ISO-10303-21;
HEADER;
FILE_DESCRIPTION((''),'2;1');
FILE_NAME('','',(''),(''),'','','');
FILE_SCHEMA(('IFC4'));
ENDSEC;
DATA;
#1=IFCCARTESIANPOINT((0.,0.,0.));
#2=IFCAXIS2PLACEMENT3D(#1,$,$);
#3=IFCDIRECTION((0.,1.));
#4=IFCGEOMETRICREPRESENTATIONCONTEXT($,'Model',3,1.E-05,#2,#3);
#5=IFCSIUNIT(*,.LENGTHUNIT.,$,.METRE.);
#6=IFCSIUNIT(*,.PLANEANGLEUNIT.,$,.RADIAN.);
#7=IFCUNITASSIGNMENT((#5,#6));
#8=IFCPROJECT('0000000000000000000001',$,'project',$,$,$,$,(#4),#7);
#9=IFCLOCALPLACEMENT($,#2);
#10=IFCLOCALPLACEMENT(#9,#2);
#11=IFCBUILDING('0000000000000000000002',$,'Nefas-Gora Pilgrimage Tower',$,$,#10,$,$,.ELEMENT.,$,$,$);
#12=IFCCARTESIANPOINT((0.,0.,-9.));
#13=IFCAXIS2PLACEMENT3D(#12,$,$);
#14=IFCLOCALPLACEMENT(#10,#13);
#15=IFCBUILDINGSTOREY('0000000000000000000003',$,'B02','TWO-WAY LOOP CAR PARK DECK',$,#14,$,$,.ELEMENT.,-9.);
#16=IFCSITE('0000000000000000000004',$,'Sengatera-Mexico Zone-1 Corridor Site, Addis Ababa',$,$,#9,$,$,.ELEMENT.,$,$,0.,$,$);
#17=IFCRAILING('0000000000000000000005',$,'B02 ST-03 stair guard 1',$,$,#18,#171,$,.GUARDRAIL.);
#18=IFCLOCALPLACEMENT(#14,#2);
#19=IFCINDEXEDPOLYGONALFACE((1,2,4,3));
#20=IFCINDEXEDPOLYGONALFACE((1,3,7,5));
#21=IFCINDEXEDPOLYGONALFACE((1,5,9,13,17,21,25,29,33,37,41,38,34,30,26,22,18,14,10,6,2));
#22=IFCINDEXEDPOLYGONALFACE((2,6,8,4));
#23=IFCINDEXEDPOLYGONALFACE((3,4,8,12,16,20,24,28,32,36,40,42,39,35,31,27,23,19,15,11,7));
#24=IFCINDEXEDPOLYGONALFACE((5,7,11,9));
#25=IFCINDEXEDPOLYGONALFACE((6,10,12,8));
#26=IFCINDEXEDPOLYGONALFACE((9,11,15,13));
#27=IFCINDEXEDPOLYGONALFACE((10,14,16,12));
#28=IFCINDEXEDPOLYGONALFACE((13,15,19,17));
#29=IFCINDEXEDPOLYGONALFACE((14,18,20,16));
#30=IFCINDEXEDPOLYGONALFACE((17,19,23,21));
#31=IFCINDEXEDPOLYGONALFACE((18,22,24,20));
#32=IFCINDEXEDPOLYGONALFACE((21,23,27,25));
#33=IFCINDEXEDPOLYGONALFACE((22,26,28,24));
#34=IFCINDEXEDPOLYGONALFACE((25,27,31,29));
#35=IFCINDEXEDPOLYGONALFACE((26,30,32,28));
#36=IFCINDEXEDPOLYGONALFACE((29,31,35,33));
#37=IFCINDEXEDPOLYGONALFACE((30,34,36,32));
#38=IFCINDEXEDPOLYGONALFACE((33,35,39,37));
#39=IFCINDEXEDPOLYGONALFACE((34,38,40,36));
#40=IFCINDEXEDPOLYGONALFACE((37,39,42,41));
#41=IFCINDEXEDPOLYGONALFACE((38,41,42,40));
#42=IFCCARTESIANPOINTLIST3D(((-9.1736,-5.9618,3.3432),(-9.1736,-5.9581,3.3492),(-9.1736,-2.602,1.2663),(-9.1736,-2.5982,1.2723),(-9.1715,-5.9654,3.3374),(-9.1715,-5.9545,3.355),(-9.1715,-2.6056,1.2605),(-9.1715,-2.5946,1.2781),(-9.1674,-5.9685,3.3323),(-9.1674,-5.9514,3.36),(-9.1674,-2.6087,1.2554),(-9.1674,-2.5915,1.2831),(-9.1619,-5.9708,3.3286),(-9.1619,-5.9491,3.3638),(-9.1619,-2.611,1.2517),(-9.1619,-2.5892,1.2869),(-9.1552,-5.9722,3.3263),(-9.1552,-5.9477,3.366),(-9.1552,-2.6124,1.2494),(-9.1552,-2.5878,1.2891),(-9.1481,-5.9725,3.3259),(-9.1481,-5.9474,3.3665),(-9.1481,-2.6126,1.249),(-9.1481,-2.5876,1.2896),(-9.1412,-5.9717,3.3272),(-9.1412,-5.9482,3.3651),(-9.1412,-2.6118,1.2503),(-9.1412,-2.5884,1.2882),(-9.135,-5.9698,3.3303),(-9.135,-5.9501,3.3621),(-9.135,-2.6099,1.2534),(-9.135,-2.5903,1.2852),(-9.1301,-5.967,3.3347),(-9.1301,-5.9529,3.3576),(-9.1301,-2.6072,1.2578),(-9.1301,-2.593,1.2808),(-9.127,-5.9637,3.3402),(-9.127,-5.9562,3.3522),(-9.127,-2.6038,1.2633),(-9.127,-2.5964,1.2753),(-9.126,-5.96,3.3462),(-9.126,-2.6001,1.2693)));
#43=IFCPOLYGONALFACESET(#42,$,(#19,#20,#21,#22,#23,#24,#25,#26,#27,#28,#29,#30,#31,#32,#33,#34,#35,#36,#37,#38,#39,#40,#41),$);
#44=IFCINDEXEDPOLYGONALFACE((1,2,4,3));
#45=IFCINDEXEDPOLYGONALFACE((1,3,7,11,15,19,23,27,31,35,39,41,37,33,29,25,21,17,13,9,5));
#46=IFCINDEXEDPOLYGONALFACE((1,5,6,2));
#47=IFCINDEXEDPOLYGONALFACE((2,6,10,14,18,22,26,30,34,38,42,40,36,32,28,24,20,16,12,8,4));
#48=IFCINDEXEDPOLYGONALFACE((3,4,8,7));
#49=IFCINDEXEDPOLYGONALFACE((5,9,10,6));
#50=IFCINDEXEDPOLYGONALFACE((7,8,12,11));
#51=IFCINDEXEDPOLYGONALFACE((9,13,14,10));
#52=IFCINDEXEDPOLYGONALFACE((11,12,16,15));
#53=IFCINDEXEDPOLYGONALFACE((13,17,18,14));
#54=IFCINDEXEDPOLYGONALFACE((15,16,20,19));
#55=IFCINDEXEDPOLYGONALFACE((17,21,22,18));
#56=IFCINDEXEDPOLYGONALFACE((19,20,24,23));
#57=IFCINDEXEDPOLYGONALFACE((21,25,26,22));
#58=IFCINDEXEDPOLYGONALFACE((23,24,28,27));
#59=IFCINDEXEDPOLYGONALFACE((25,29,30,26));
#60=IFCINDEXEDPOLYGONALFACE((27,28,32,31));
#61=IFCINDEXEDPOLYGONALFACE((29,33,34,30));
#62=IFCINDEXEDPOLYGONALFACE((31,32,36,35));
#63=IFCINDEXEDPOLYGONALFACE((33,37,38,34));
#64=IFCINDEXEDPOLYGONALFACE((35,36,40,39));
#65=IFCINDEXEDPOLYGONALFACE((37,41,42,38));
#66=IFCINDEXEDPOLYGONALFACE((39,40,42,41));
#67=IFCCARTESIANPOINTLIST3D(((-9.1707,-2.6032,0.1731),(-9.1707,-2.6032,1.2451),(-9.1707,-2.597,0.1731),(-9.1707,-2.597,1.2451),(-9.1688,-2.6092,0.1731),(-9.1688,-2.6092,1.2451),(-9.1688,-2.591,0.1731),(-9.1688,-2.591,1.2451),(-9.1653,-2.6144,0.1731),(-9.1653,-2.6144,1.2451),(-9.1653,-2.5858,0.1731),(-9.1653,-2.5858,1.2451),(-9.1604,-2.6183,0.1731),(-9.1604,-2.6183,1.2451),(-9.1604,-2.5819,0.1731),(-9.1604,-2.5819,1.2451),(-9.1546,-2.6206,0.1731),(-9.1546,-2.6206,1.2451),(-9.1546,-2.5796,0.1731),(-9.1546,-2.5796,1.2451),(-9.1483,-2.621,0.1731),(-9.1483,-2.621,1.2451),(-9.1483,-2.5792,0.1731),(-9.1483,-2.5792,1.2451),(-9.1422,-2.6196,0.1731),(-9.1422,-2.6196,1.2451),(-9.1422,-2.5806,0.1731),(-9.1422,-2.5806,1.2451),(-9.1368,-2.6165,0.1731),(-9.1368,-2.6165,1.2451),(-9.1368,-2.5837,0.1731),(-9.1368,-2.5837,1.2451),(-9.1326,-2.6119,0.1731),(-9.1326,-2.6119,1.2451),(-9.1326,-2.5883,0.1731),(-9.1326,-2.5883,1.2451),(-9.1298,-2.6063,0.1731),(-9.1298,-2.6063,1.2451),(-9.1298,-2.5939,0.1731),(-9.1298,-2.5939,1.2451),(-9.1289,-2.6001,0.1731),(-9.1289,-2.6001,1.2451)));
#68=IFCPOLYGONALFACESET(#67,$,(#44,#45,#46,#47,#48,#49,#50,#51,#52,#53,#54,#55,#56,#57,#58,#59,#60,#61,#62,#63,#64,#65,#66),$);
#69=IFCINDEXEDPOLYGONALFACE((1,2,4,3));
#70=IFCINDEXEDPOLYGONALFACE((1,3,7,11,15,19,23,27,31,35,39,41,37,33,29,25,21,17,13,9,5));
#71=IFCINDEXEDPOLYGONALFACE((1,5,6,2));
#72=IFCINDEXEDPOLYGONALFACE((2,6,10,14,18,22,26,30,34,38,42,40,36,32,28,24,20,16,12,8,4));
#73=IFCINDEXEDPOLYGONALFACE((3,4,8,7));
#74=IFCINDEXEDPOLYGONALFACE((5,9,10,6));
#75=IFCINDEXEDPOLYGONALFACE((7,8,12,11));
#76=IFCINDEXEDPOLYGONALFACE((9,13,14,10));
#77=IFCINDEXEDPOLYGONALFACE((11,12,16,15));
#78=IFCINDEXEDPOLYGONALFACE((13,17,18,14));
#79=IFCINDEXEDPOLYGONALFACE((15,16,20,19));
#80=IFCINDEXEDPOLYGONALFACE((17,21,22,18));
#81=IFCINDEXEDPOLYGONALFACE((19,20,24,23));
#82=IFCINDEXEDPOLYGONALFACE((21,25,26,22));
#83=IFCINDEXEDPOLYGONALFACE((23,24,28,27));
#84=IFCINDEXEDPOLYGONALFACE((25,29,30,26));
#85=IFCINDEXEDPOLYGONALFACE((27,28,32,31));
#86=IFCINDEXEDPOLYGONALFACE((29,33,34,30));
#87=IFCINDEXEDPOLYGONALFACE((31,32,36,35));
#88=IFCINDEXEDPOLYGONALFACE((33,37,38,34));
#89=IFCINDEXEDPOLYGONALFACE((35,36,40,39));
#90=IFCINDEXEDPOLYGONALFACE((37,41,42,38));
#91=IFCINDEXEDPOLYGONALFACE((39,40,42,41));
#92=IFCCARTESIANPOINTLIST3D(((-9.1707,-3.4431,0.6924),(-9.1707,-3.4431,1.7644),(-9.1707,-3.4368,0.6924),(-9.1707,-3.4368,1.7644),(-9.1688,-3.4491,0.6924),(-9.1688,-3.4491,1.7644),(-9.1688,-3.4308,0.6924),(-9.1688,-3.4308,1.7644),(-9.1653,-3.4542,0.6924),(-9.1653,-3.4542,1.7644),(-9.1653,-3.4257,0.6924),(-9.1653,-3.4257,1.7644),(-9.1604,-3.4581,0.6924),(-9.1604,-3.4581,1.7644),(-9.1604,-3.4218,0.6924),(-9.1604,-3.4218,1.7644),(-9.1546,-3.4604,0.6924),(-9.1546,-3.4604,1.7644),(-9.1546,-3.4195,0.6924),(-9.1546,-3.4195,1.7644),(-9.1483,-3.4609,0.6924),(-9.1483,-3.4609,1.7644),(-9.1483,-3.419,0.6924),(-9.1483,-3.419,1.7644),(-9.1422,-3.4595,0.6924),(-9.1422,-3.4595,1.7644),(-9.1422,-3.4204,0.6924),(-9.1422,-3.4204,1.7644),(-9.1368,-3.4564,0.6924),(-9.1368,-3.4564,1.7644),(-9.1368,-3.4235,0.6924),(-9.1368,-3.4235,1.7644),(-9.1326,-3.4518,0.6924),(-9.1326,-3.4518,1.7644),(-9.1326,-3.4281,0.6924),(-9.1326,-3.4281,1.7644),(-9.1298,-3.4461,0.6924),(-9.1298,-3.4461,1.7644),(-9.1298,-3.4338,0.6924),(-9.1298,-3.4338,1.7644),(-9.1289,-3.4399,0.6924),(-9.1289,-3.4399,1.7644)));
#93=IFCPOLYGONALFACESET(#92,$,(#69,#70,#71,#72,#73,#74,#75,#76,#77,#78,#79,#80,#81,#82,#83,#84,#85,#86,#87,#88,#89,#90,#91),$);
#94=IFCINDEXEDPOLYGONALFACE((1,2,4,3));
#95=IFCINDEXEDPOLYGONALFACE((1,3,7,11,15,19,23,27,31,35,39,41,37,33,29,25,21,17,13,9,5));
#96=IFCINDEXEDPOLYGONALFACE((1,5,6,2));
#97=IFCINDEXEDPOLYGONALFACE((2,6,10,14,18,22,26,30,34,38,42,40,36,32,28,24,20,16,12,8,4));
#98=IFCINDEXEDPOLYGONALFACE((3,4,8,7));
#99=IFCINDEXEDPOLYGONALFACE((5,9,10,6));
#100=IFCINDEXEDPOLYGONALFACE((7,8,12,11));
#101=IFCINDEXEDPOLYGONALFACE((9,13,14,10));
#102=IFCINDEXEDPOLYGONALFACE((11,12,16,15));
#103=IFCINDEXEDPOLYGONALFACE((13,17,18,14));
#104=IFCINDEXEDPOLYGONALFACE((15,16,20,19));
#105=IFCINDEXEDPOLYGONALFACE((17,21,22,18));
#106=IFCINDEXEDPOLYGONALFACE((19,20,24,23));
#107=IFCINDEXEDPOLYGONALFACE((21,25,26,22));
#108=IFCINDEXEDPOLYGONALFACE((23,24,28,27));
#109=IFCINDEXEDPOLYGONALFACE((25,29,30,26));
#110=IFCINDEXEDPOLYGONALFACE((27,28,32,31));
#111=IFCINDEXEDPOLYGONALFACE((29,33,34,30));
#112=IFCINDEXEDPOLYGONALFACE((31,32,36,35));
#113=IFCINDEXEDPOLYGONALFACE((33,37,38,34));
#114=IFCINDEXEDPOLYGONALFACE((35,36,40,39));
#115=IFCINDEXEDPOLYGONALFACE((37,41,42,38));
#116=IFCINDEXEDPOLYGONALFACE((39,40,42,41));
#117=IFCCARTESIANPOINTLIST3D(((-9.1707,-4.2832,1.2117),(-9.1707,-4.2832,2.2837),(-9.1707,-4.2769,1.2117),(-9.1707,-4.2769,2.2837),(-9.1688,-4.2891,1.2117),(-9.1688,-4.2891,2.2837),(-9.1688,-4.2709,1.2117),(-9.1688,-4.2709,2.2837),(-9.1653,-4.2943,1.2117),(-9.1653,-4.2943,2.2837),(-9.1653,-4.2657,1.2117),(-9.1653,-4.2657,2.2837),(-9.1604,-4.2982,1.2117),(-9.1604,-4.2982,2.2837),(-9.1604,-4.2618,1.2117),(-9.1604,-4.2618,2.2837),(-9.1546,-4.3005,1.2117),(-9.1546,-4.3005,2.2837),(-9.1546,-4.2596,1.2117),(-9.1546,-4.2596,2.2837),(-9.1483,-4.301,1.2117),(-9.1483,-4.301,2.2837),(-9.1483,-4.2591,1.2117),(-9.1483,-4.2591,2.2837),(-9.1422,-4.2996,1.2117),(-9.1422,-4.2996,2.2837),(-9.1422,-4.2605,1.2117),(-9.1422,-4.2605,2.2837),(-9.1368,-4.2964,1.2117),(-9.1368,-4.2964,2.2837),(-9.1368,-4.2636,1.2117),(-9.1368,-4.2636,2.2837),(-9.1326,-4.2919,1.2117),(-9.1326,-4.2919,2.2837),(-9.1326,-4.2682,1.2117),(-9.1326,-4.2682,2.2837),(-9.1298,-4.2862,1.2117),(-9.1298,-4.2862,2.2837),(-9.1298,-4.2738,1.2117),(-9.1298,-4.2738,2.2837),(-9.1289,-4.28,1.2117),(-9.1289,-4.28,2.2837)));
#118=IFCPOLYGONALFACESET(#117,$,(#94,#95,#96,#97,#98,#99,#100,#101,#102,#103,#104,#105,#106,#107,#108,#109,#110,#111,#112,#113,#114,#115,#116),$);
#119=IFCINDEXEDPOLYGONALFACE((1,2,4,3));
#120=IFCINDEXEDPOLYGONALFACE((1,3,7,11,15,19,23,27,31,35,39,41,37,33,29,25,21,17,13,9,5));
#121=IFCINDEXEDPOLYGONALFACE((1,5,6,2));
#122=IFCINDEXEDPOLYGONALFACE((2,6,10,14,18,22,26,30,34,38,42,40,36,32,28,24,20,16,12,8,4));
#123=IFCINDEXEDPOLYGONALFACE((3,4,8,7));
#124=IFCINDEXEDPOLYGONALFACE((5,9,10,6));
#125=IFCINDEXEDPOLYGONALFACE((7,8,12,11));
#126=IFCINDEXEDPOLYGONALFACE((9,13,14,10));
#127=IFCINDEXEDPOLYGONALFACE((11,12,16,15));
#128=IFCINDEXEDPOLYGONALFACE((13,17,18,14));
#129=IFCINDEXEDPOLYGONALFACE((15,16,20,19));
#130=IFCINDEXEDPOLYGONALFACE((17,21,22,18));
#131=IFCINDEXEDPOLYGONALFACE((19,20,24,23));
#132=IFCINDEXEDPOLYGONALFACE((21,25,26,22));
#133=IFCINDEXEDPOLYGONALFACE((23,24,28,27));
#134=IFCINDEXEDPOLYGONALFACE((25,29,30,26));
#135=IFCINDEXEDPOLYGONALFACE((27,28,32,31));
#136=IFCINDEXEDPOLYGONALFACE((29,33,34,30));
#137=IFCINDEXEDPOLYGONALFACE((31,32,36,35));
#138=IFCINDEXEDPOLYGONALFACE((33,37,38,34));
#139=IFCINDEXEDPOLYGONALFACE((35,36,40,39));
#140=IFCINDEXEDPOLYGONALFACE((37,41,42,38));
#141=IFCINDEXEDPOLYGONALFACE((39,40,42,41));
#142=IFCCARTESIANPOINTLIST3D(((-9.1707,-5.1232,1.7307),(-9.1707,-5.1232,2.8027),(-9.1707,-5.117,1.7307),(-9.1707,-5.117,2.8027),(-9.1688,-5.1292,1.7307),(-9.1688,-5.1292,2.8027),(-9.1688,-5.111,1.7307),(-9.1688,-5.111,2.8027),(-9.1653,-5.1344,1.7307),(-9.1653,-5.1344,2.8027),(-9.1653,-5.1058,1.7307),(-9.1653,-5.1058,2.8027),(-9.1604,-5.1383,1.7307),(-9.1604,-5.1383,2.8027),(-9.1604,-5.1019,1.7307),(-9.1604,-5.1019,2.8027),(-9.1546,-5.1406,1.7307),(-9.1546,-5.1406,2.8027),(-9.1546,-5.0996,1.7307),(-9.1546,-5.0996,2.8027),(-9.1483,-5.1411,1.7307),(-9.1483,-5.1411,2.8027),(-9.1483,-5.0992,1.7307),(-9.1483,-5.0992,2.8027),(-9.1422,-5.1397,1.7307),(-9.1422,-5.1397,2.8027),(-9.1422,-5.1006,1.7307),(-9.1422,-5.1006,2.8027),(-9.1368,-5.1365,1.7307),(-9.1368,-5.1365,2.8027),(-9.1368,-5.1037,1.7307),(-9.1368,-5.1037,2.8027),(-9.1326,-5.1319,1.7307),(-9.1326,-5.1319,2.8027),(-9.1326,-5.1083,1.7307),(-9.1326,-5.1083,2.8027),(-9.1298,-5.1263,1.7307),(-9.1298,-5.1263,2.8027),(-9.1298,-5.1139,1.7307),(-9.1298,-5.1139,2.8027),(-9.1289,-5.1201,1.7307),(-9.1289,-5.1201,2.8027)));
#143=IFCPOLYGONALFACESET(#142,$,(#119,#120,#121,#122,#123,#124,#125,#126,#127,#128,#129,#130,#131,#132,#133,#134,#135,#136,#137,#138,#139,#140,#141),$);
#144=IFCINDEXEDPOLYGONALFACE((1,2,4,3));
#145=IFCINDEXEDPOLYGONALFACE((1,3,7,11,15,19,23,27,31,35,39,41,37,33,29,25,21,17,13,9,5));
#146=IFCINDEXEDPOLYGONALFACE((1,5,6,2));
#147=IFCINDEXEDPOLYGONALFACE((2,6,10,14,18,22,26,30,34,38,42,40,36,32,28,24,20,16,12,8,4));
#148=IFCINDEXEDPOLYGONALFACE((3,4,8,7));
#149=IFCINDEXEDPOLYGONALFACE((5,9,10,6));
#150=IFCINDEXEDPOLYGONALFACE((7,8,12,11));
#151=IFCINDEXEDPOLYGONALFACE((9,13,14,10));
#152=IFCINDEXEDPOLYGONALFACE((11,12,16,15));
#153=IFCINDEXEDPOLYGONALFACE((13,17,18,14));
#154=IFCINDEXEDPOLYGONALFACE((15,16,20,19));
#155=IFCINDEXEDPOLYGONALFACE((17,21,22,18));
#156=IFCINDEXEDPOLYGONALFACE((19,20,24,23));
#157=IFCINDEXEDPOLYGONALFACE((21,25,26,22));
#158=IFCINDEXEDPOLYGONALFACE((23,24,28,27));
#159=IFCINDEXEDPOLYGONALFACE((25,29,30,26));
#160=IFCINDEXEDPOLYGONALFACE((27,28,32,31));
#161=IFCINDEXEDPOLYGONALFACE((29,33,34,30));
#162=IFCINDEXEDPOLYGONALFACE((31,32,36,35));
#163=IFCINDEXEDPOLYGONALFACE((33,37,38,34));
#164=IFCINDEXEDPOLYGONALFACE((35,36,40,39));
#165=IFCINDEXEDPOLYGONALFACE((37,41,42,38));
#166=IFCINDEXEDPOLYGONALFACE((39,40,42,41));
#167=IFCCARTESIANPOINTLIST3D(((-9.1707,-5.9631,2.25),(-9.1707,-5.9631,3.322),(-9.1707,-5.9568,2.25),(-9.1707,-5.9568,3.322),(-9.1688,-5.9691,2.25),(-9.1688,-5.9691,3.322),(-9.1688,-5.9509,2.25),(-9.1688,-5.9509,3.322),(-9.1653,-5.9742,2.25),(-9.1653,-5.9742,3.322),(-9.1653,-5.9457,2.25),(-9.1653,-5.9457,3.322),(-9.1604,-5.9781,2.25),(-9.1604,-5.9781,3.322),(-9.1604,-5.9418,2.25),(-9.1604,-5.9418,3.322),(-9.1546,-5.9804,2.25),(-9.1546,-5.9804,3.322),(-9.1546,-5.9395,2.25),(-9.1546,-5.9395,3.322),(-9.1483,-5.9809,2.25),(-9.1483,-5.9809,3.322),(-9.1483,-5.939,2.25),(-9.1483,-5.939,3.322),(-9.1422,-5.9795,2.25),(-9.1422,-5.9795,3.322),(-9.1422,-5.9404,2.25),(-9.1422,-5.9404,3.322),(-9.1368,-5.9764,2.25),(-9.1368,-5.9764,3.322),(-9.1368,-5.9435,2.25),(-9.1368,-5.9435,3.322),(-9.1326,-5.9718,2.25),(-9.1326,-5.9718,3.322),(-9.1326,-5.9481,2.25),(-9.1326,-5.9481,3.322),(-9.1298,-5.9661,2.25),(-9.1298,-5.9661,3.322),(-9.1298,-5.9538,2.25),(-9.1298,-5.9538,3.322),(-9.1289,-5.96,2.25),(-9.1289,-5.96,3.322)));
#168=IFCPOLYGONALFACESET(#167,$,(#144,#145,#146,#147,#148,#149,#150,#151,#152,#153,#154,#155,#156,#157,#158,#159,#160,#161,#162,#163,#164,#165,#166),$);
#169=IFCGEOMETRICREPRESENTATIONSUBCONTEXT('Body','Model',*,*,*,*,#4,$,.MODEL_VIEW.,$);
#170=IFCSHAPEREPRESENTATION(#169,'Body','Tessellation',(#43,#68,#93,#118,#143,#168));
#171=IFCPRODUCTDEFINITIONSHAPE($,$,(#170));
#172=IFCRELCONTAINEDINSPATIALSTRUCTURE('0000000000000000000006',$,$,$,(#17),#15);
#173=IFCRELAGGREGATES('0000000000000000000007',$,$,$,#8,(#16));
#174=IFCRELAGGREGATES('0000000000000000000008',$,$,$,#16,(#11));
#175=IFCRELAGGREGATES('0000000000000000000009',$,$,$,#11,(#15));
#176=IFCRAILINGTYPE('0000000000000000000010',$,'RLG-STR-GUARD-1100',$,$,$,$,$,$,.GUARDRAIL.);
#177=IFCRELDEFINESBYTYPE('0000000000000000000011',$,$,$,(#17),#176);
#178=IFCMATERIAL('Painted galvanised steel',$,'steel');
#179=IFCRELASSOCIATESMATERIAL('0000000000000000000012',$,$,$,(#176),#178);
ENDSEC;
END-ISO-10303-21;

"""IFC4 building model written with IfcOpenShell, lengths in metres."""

from ifc_helpers import new_model, si_unit, direction, frame, origin, origin_2d, place, context, subcontext, project, spatial, circle, extrude, material, type_object, element, save


model = new_model("IFC4")

# Units and contexts
model_context = context("Model", 3, precision=1e-05, world=origin(), true_north=direction((0.0, 1.0)))
body_context = subcontext(model_context, "Body", "Model", "MODEL_VIEW")
ifc_project = project(units=[si_unit("LENGTHUNIT", "METRE"), si_unit("PLANEANGLEUNIT", "RADIAN")], contexts=[model_context])

# Site, building, storey
site_placement = place(None, origin())
site = spatial("IfcSite", under=ifc_project, at=site_placement, Name="Sengatera-Mexico Zone-1 Corridor Site, Addis Ababa", CompositionType="ELEMENT", RefElevation=0.0)
building_placement = place(site_placement, origin())
building = spatial("IfcBuilding", under=site, at=building_placement, Name="Nefas-Gora Pilgrimage Tower", CompositionType="ELEMENT")
storey_placement = place(building_placement, frame((0.0, 0.0, -9.0)))
storey = spatial("IfcBuildingStorey", under=building, at=storey_placement, Name="B02", Description="TWO-WAY LOOP CAR PARK DECK", CompositionType="ELEMENT", Elevation=-9.0)

# Railing
ifc_material_1 = material(Name="Painted galvanised steel", Category="steel")
railing_type_1 = type_object("IfcRailingType", Name="RLG-STR-GUARD-1100", PredefinedType="GUARDRAIL", material=ifc_material_1)
railing_1_placement = place(storey_placement, frame((-9.1499, -2.6001, 0.1731)))
element("IfcRailing", 1, at=railing_1_placement, inside=storey, type_object=railing_type_1, Name="B02 ST-03 stair guard 1", PredefinedType="GUARDRAIL", context=body_context, shape_type="SweptSolid", body=[
    extrude(circle(Radius=0.0239, at=origin_2d()), frame((0.0, 0.0, 1.0962), z_axis=(0.0, -0.850606, 0.525803), x_axis=(1.0, 0.0, 0.0)), (0.0, 0.0, 1.0), 3.95),
    extrude(circle(Radius=0.021, at=origin_2d()), origin(), (0.0, 0.0, 1.0), 1.072),
    extrude(circle(Radius=0.021, at=origin_2d()), frame((0.0, -0.8398, 0.5193)), (0.0, 0.0, 1.0), 1.072),
    extrude(circle(Radius=0.021, at=origin_2d()), frame((0.0, -1.6799, 1.0386)), (0.0, 0.0, 1.0), 1.072),
    extrude(circle(Radius=0.021, at=origin_2d()), frame((0.0, -2.52, 1.5576)), (0.0, 0.0, 1.0), 1.072),
    extrude(circle(Radius=0.021, at=origin_2d()), frame((0.0, -3.3599, 2.0769)), (0.0, 0.0, 1.0), 1.072),
])

save(model, "model.ifc")
